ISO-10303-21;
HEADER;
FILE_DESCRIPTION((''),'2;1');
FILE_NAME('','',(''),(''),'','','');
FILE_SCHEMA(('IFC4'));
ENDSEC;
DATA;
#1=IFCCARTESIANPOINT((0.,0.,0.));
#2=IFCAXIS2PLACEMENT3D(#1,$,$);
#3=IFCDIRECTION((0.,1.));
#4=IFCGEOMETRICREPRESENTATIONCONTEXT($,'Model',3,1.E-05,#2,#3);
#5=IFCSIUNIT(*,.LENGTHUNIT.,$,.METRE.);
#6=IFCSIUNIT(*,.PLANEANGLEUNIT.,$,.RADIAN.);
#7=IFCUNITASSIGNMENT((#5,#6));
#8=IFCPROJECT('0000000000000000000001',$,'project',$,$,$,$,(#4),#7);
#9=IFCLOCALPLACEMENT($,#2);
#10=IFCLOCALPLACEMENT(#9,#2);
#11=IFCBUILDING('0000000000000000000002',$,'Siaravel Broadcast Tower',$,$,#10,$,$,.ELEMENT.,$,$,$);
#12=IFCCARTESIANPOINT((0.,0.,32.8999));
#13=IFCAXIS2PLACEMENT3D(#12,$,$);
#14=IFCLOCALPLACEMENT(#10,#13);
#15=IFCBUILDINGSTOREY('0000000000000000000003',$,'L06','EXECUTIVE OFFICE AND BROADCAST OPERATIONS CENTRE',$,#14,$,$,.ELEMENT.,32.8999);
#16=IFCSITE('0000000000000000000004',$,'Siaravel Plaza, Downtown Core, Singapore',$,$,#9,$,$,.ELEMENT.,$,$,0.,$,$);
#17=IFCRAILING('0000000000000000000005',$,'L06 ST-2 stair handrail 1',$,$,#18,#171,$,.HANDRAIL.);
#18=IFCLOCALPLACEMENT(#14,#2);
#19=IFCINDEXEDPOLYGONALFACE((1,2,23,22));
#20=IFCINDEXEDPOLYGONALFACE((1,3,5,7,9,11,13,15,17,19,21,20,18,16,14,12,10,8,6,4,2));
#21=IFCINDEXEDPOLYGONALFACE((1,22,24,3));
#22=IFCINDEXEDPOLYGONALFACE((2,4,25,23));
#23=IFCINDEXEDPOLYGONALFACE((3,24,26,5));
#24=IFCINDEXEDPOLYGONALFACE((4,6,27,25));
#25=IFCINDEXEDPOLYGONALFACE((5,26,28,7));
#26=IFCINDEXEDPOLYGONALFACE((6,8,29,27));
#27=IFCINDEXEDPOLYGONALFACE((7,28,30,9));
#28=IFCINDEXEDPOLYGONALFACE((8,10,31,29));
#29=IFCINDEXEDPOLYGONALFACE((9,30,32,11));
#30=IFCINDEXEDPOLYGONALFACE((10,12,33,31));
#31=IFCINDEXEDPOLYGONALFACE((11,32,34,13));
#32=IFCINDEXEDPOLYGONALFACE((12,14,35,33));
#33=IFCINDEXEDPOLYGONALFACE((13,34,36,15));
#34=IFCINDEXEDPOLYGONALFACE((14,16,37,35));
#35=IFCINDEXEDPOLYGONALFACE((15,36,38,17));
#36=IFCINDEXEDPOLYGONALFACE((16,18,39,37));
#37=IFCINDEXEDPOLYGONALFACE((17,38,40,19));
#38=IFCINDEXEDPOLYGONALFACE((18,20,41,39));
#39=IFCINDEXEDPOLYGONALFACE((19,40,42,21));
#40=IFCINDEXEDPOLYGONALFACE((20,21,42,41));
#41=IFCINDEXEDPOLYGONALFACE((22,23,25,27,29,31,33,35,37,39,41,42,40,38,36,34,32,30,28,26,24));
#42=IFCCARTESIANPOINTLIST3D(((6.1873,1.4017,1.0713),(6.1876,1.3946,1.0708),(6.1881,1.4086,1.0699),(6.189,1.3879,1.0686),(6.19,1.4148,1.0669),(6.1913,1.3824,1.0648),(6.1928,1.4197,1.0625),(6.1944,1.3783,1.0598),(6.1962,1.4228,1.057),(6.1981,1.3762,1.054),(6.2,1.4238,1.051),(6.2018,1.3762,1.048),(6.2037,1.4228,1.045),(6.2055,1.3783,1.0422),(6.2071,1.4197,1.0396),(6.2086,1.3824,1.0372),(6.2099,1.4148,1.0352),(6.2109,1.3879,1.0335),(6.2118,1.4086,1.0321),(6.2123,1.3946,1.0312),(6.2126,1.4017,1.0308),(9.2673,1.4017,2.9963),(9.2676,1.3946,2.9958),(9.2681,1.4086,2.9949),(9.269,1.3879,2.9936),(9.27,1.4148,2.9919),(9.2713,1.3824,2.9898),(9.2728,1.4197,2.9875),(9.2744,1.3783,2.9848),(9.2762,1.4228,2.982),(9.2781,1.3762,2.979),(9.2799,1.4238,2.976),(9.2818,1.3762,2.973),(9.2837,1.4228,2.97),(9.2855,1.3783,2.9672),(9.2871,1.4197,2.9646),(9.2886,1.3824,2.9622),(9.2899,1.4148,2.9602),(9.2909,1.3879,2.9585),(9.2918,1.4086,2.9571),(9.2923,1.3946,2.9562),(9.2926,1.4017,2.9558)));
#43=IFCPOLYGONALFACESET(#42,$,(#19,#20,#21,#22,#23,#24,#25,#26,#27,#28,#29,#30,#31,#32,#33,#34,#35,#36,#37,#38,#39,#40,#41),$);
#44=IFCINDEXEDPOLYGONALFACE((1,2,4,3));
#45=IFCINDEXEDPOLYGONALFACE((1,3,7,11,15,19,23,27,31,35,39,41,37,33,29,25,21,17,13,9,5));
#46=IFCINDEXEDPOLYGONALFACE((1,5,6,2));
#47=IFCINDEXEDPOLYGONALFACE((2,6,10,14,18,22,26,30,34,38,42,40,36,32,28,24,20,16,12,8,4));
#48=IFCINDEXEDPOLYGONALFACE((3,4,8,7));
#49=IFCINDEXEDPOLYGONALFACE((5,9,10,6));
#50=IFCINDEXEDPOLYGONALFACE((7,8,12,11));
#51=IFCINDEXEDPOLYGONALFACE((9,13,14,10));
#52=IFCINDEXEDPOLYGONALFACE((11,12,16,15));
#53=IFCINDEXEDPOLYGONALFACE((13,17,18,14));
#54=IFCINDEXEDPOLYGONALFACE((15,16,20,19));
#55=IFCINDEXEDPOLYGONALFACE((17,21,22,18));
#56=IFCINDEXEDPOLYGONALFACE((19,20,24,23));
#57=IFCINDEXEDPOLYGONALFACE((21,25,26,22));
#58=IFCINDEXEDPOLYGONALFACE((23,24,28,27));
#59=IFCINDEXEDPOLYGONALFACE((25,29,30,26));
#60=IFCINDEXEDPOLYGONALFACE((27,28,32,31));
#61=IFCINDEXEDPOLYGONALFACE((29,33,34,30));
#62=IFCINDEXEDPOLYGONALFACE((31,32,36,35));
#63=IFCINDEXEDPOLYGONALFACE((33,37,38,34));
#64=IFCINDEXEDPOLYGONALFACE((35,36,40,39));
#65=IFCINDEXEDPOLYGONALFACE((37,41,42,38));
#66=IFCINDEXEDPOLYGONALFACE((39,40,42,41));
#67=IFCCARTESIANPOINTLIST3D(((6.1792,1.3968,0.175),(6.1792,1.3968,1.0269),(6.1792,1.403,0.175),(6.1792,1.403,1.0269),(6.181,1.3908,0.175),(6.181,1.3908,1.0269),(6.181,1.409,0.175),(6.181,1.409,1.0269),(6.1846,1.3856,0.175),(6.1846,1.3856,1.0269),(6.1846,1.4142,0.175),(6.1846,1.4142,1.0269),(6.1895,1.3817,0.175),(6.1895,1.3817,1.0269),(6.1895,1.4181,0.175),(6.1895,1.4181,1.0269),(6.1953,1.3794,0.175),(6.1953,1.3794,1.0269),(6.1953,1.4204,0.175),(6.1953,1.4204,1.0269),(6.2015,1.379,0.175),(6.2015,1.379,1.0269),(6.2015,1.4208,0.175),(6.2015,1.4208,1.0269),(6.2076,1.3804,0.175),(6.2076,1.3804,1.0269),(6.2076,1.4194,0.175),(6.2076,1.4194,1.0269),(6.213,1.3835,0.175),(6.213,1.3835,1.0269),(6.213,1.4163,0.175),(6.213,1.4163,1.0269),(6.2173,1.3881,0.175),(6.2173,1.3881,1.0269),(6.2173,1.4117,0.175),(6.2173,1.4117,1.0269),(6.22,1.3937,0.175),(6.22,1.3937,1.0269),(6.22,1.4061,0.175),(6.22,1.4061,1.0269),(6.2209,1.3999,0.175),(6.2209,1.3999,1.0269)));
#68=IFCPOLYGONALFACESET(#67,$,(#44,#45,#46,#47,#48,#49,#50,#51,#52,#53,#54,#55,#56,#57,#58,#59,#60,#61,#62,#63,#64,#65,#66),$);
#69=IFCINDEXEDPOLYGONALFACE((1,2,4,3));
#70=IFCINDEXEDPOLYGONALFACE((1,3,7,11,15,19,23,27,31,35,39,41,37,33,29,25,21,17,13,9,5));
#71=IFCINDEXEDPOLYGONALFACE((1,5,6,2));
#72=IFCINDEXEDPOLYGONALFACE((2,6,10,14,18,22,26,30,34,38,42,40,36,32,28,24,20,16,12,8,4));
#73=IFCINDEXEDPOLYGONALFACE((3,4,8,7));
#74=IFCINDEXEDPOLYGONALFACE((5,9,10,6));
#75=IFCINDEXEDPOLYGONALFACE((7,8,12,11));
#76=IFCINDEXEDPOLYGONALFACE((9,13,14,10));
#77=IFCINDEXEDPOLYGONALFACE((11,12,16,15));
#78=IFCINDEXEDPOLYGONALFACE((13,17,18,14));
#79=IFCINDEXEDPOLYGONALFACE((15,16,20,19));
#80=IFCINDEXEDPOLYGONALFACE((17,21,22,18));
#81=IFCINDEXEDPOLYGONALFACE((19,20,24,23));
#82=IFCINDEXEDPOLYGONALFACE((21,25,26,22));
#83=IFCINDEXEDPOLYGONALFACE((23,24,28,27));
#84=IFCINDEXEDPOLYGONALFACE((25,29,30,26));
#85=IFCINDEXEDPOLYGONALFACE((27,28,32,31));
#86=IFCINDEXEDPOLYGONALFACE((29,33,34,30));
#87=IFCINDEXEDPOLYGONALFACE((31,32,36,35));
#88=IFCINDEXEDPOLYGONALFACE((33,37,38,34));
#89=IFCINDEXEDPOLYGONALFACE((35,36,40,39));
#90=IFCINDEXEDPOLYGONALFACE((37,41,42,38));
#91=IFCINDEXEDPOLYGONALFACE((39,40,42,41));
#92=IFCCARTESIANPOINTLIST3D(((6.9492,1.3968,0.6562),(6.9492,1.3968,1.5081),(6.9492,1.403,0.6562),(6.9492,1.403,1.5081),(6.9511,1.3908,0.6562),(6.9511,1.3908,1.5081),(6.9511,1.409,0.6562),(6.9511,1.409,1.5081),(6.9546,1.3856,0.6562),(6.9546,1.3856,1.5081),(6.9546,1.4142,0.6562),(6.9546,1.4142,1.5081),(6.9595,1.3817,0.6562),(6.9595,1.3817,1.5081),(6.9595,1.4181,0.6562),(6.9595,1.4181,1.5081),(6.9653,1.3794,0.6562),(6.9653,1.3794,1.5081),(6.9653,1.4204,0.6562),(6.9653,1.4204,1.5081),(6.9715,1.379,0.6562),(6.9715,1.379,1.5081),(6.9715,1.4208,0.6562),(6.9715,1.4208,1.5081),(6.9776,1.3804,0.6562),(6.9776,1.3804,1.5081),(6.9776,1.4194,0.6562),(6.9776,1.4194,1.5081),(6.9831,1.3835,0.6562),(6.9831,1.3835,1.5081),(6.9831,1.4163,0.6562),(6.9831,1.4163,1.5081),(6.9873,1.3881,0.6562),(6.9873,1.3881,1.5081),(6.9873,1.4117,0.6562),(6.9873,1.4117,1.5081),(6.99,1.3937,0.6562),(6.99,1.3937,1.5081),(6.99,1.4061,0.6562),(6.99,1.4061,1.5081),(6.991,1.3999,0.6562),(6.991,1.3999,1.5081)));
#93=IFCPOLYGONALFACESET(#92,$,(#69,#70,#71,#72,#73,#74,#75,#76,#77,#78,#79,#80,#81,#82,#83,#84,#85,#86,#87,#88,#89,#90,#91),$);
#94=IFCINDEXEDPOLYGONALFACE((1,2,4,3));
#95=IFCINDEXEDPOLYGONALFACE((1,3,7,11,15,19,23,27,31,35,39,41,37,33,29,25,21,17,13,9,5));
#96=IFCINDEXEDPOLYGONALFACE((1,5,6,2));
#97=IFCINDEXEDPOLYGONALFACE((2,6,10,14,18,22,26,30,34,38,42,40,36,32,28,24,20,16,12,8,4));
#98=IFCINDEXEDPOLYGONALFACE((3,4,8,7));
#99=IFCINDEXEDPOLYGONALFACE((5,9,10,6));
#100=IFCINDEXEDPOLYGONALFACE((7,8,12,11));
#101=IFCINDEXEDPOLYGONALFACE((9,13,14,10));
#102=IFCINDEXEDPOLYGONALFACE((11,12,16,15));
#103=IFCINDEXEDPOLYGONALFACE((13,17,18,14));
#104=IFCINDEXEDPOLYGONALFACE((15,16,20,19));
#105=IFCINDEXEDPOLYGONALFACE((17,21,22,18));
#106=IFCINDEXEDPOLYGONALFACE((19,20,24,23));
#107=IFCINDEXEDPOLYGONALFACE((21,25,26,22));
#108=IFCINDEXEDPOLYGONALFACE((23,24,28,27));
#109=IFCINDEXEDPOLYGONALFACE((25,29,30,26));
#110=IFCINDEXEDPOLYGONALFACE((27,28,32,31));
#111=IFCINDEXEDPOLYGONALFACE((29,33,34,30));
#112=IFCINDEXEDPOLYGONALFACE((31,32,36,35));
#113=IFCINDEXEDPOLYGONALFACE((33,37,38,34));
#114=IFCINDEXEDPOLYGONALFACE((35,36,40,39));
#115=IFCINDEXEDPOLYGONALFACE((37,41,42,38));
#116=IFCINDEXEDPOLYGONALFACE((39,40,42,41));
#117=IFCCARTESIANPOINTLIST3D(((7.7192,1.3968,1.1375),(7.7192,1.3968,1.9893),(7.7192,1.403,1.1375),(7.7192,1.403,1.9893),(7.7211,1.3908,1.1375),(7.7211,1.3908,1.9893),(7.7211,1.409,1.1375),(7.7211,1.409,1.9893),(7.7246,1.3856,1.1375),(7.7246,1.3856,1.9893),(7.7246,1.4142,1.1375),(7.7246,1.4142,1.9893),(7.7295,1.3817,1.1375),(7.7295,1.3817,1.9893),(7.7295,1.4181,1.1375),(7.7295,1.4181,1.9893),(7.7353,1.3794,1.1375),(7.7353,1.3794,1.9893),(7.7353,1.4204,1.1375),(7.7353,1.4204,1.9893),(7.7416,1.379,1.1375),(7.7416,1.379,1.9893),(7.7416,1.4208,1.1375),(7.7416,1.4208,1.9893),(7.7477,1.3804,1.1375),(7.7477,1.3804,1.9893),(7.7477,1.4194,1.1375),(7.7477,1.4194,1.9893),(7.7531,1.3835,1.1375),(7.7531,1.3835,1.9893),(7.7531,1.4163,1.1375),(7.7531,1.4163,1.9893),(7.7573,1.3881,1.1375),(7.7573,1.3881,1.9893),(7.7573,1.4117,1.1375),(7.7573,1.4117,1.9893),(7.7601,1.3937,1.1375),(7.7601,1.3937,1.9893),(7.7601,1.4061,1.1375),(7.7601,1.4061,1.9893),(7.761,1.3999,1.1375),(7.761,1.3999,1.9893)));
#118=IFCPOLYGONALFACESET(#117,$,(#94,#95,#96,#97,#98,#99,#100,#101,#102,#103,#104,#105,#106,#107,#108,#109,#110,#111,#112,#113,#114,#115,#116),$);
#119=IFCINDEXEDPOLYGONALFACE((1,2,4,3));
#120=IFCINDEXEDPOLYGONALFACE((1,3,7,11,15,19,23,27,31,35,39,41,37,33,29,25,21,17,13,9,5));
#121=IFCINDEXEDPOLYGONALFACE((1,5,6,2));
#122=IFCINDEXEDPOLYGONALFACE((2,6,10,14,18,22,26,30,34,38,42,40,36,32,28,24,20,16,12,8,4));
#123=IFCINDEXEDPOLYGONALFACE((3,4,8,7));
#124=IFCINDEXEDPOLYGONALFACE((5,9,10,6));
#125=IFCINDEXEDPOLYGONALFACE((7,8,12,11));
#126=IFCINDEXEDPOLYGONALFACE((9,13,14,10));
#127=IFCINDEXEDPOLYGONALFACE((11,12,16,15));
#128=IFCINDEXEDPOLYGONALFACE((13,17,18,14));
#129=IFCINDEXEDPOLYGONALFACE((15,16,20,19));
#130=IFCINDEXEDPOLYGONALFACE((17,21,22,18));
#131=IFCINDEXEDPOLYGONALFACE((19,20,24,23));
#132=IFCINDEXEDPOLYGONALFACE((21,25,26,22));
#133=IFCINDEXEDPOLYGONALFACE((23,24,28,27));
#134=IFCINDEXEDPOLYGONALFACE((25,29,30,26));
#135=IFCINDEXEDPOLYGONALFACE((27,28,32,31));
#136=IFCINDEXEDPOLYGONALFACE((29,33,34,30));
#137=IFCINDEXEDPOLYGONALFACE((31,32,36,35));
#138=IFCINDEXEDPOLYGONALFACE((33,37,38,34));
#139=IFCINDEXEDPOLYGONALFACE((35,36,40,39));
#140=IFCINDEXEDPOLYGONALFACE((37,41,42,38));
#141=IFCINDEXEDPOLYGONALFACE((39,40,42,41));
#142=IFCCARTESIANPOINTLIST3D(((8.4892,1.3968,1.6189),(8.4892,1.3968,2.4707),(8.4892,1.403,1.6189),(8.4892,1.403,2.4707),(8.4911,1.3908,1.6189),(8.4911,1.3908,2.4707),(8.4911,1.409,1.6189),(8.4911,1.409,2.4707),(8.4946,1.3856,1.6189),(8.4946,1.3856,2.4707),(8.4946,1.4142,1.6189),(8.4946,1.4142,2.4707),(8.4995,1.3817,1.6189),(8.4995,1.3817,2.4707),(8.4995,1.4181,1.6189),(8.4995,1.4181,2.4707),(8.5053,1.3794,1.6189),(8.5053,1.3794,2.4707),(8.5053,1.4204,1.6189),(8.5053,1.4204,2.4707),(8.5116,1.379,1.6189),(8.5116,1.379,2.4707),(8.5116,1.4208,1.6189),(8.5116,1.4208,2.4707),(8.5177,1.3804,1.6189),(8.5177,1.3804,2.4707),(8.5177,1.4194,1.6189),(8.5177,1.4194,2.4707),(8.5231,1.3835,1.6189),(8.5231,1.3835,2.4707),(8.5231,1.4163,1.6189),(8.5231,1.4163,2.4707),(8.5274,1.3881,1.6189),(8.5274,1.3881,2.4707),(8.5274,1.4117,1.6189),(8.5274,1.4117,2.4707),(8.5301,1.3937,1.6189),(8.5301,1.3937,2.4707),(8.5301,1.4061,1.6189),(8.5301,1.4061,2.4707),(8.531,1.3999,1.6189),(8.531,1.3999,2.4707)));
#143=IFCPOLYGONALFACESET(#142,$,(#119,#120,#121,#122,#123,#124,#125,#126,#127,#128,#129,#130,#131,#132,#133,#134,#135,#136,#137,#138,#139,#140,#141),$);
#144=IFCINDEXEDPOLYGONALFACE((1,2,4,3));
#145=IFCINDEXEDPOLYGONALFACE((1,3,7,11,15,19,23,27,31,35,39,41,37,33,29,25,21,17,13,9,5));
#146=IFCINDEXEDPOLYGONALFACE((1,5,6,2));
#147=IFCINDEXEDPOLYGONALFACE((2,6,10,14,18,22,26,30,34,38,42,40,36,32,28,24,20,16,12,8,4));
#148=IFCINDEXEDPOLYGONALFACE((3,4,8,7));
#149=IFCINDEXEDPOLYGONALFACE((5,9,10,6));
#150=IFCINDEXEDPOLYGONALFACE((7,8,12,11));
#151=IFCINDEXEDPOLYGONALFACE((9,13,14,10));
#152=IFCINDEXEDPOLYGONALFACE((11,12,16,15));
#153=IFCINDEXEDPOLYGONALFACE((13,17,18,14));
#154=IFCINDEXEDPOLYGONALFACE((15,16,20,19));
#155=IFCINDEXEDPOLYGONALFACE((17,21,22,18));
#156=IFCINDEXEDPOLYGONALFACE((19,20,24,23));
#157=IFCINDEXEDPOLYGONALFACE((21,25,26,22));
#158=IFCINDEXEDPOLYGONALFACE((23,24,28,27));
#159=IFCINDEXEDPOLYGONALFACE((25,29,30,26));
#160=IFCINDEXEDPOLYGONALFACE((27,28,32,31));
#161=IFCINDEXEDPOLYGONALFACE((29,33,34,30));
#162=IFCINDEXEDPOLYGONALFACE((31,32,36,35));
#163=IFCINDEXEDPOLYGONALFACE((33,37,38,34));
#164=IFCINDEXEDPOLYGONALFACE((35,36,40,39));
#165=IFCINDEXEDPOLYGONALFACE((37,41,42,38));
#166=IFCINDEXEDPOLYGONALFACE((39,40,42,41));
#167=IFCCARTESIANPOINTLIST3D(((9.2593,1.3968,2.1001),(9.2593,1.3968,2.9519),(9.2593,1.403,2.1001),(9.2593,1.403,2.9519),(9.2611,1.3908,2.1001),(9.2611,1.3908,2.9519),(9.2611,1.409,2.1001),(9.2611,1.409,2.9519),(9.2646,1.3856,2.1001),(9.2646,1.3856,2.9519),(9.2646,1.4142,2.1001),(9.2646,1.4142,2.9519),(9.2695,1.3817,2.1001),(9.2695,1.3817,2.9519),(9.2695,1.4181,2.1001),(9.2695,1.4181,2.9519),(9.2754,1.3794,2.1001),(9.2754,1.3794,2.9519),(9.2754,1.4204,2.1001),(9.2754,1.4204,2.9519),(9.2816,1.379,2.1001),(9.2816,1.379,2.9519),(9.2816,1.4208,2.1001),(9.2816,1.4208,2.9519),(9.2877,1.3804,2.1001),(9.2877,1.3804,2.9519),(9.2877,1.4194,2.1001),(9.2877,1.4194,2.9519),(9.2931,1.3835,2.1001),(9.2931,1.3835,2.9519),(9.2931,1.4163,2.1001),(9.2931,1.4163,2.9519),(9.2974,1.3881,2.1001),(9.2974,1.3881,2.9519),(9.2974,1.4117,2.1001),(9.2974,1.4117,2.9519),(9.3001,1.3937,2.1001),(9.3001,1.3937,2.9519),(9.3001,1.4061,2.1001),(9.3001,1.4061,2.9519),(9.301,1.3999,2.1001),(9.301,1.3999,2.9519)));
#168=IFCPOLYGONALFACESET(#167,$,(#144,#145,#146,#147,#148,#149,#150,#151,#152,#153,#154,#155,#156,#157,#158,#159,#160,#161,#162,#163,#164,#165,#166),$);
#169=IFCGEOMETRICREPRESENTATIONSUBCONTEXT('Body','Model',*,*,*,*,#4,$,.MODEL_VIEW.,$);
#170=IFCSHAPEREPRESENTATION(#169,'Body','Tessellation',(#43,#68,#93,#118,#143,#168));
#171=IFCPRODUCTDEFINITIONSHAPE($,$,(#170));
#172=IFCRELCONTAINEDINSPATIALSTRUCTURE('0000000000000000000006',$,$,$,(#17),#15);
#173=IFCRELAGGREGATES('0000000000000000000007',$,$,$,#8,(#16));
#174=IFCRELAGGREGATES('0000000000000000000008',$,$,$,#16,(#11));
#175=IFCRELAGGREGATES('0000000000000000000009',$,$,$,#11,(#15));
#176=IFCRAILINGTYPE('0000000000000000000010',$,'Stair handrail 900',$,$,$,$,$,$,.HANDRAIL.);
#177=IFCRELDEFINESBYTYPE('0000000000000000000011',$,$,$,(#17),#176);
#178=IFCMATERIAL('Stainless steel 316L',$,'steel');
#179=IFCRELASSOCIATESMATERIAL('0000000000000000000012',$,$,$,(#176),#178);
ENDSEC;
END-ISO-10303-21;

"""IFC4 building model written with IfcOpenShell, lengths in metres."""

from ifc_helpers import new_model, si_unit, direction, frame, origin, origin_2d, place, context, subcontext, project, spatial, circle, extrude, material, type_object, element, save


model = new_model("IFC4")

# Units and contexts
model_context = context("Model", 3, precision=1e-05, world=origin(), true_north=direction((0.0, 1.0)))
body_context = subcontext(model_context, "Body", "Model", "MODEL_VIEW")
ifc_project = project(units=[si_unit("LENGTHUNIT", "METRE"), si_unit("PLANEANGLEUNIT", "RADIAN")], contexts=[model_context])

# Site, building, storey
site_placement = place(None, origin())
site = spatial("IfcSite", under=ifc_project, at=site_placement, Name="Siaravel Plaza, Downtown Core, Singapore", CompositionType="ELEMENT", RefElevation=0.0)
building_placement = place(site_placement, origin())
building = spatial("IfcBuilding", under=site, at=building_placement, Name="Siaravel Broadcast Tower", CompositionType="ELEMENT")
storey_placement = place(building_placement, frame((0.0, 0.0, 32.8999)))
storey = spatial("IfcBuildingStorey", under=building, at=storey_placement, Name="L06", Description="EXECUTIVE OFFICE AND BROADCAST OPERATIONS CENTRE", CompositionType="ELEMENT", Elevation=32.8999)

# Railing
ifc_material_1 = material(Name="Stainless steel 316L", Category="steel")
railing_type_1 = type_object("IfcRailingType", Name="Stair handrail 900", PredefinedType="HANDRAIL", material=ifc_material_1)
railing_1_placement = place(storey_placement, frame((6.2, 1.3999, 0.175)))
element("IfcRailing", 1, at=railing_1_placement, inside=storey, type_object=railing_type_1, Name="L06 ST-2 stair handrail 1", PredefinedType="HANDRAIL", context=body_context, shape_type="SweptSolid", body=[
    extrude(circle(Radius=0.0239, at=origin_2d()), frame((0.0, 0.0, 0.876), z_axis=(0.847998, 0.0, 0.529999), x_axis=(0.0, 1.0, 0.0)), (0.0, 0.0, 1.0), 3.6321),
    extrude(circle(Radius=0.021, at=origin_2d()), origin(), (0.0, 0.0, 1.0), 0.8518),
    extrude(circle(Radius=0.021, at=origin_2d()), frame((0.77, 0.0, 0.4812)), (0.0, 0.0, 1.0), 0.8518),
    extrude(circle(Radius=0.021, at=origin_2d()), frame((1.54, 0.0, 0.9624)), (0.0, 0.0, 1.0), 0.8518),
    extrude(circle(Radius=0.021, at=origin_2d()), frame((2.3101, 0.0, 1.4438)), (0.0, 0.0, 1.0), 0.8518),
    extrude(circle(Radius=0.021, at=origin_2d()), frame((3.0801, 0.0, 1.925)), (0.0, 0.0, 1.0), 0.8518),
])

save(model, "model.ifc")
